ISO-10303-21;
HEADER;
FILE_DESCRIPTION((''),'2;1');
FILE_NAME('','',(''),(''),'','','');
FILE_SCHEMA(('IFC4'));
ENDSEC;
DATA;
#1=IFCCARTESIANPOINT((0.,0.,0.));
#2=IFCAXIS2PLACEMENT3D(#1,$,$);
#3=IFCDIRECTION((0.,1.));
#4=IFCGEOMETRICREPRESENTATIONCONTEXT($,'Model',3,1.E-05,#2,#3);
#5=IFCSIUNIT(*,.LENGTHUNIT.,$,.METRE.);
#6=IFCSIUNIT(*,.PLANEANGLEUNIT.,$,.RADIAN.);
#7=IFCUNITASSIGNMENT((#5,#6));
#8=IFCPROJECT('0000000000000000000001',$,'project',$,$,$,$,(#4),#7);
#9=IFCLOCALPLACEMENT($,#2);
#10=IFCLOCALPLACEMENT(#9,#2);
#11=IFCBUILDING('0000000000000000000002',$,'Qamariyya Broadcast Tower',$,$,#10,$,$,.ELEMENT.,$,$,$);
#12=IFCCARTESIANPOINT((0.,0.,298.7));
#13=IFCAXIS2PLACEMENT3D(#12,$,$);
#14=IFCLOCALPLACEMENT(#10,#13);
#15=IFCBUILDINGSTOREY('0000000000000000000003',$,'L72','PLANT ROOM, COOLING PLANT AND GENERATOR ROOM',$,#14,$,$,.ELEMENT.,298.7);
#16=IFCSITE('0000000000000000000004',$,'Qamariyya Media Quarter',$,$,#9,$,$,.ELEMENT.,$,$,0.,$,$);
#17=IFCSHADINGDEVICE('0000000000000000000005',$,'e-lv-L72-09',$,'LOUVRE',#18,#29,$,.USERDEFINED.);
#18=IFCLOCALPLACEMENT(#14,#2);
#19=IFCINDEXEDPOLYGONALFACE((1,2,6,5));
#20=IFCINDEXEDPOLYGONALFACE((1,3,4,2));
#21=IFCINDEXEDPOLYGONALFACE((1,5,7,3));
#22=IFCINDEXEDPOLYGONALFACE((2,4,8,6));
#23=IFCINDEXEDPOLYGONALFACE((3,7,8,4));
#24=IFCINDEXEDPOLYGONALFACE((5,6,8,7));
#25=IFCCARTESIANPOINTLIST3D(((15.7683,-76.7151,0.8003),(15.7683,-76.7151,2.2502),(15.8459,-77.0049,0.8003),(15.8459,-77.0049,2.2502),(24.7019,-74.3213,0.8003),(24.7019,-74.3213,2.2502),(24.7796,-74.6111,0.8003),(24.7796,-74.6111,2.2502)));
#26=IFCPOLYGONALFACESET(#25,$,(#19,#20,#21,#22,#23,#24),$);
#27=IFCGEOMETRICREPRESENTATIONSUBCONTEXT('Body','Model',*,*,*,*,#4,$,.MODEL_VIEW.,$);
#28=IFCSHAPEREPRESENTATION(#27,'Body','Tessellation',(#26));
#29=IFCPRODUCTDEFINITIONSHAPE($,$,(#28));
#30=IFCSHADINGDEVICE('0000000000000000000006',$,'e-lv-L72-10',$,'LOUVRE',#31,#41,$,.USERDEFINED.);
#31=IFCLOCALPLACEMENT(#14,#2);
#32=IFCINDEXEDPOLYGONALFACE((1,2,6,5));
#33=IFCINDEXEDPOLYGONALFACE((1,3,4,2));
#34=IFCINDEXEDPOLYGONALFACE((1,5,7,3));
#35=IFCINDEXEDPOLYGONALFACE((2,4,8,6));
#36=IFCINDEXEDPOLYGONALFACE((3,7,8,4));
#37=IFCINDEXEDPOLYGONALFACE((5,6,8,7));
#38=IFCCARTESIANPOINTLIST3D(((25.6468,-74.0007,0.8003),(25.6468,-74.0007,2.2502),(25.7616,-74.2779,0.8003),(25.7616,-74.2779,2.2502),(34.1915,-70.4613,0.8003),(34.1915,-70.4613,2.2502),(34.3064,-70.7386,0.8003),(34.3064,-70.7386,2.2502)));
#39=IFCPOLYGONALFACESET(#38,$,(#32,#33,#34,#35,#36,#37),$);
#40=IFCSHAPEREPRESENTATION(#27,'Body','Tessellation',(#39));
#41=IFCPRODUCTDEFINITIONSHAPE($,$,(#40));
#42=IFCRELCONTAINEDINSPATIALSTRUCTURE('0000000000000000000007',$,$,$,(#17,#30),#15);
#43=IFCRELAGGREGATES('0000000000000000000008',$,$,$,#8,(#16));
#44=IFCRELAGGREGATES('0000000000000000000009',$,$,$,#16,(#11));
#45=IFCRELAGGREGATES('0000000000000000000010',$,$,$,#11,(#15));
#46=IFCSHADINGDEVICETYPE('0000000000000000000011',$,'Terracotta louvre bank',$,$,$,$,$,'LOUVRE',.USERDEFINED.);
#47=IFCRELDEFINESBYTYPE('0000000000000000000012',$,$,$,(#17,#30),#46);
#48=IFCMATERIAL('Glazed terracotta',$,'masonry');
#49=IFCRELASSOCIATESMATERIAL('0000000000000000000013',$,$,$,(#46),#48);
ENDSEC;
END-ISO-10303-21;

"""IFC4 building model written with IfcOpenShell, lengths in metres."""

from ifc_helpers import new_model, si_unit, direction, frame, origin, origin_2d, place, context, subcontext, project, spatial, rectangle, extrude, material, type_object, element, save


model = new_model("IFC4")

# Units and contexts
model_context = context("Model", 3, precision=1e-05, world=origin(), true_north=direction((0.0, 1.0)))
body_context = subcontext(model_context, "Body", "Model", "MODEL_VIEW")
ifc_project = project(units=[si_unit("LENGTHUNIT", "METRE"), si_unit("PLANEANGLEUNIT", "RADIAN")], contexts=[model_context])

# Site, building, storey
site_placement = place(None, origin())
site = spatial("IfcSite", under=ifc_project, at=site_placement, Name="Qamariyya Media Quarter", CompositionType="ELEMENT", RefElevation=0.0)
building_placement = place(site_placement, origin())
building = spatial("IfcBuilding", under=site, at=building_placement, Name="Qamariyya Broadcast Tower", CompositionType="ELEMENT")
storey_placement = place(building_placement, frame((0.0, 0.0, 298.7)))
storey = spatial("IfcBuildingStorey", under=building, at=storey_placement, Name="L72", Description="PLANT ROOM, COOLING PLANT AND GENERATOR ROOM", CompositionType="ELEMENT", Elevation=298.7)

# Shared definitions
ifc_material_1 = material(Name="Glazed terracotta", Category="masonry")

# Shading devices
shading_device_type = type_object("IfcShadingDeviceType", Name="Terracotta louvre bank", ElementType="LOUVRE", PredefinedType="USERDEFINED", material=ifc_material_1)
for number, where, z_axis, x_axis, name in (
    (1, (20.2739, -75.6631, 0.8003), (0.0, 0.0, 1.0), (0.965926, 0.258819, 0.0), "e-lv-L72-09"),
    (2, (29.9766, -72.3696, 0.8003), (0.0, 0.0, 1.0), (0.92388, 0.382683, 0.0), "e-lv-L72-10"),
):
    element("IfcShadingDevice", number, at=place(storey_placement, frame(where, z_axis=z_axis, x_axis=x_axis)), inside=storey, type_object=shading_device_type, Name=name, ObjectType="LOUVRE", PredefinedType="USERDEFINED", context=body_context, shape_type="SweptSolid", body=[
        extrude(rectangle(XDim=9.2488, YDim=0.3, at=origin_2d()), origin(), (0.0, 0.0, 1.0), 1.45),
    ])

save(model, "model.ifc")
